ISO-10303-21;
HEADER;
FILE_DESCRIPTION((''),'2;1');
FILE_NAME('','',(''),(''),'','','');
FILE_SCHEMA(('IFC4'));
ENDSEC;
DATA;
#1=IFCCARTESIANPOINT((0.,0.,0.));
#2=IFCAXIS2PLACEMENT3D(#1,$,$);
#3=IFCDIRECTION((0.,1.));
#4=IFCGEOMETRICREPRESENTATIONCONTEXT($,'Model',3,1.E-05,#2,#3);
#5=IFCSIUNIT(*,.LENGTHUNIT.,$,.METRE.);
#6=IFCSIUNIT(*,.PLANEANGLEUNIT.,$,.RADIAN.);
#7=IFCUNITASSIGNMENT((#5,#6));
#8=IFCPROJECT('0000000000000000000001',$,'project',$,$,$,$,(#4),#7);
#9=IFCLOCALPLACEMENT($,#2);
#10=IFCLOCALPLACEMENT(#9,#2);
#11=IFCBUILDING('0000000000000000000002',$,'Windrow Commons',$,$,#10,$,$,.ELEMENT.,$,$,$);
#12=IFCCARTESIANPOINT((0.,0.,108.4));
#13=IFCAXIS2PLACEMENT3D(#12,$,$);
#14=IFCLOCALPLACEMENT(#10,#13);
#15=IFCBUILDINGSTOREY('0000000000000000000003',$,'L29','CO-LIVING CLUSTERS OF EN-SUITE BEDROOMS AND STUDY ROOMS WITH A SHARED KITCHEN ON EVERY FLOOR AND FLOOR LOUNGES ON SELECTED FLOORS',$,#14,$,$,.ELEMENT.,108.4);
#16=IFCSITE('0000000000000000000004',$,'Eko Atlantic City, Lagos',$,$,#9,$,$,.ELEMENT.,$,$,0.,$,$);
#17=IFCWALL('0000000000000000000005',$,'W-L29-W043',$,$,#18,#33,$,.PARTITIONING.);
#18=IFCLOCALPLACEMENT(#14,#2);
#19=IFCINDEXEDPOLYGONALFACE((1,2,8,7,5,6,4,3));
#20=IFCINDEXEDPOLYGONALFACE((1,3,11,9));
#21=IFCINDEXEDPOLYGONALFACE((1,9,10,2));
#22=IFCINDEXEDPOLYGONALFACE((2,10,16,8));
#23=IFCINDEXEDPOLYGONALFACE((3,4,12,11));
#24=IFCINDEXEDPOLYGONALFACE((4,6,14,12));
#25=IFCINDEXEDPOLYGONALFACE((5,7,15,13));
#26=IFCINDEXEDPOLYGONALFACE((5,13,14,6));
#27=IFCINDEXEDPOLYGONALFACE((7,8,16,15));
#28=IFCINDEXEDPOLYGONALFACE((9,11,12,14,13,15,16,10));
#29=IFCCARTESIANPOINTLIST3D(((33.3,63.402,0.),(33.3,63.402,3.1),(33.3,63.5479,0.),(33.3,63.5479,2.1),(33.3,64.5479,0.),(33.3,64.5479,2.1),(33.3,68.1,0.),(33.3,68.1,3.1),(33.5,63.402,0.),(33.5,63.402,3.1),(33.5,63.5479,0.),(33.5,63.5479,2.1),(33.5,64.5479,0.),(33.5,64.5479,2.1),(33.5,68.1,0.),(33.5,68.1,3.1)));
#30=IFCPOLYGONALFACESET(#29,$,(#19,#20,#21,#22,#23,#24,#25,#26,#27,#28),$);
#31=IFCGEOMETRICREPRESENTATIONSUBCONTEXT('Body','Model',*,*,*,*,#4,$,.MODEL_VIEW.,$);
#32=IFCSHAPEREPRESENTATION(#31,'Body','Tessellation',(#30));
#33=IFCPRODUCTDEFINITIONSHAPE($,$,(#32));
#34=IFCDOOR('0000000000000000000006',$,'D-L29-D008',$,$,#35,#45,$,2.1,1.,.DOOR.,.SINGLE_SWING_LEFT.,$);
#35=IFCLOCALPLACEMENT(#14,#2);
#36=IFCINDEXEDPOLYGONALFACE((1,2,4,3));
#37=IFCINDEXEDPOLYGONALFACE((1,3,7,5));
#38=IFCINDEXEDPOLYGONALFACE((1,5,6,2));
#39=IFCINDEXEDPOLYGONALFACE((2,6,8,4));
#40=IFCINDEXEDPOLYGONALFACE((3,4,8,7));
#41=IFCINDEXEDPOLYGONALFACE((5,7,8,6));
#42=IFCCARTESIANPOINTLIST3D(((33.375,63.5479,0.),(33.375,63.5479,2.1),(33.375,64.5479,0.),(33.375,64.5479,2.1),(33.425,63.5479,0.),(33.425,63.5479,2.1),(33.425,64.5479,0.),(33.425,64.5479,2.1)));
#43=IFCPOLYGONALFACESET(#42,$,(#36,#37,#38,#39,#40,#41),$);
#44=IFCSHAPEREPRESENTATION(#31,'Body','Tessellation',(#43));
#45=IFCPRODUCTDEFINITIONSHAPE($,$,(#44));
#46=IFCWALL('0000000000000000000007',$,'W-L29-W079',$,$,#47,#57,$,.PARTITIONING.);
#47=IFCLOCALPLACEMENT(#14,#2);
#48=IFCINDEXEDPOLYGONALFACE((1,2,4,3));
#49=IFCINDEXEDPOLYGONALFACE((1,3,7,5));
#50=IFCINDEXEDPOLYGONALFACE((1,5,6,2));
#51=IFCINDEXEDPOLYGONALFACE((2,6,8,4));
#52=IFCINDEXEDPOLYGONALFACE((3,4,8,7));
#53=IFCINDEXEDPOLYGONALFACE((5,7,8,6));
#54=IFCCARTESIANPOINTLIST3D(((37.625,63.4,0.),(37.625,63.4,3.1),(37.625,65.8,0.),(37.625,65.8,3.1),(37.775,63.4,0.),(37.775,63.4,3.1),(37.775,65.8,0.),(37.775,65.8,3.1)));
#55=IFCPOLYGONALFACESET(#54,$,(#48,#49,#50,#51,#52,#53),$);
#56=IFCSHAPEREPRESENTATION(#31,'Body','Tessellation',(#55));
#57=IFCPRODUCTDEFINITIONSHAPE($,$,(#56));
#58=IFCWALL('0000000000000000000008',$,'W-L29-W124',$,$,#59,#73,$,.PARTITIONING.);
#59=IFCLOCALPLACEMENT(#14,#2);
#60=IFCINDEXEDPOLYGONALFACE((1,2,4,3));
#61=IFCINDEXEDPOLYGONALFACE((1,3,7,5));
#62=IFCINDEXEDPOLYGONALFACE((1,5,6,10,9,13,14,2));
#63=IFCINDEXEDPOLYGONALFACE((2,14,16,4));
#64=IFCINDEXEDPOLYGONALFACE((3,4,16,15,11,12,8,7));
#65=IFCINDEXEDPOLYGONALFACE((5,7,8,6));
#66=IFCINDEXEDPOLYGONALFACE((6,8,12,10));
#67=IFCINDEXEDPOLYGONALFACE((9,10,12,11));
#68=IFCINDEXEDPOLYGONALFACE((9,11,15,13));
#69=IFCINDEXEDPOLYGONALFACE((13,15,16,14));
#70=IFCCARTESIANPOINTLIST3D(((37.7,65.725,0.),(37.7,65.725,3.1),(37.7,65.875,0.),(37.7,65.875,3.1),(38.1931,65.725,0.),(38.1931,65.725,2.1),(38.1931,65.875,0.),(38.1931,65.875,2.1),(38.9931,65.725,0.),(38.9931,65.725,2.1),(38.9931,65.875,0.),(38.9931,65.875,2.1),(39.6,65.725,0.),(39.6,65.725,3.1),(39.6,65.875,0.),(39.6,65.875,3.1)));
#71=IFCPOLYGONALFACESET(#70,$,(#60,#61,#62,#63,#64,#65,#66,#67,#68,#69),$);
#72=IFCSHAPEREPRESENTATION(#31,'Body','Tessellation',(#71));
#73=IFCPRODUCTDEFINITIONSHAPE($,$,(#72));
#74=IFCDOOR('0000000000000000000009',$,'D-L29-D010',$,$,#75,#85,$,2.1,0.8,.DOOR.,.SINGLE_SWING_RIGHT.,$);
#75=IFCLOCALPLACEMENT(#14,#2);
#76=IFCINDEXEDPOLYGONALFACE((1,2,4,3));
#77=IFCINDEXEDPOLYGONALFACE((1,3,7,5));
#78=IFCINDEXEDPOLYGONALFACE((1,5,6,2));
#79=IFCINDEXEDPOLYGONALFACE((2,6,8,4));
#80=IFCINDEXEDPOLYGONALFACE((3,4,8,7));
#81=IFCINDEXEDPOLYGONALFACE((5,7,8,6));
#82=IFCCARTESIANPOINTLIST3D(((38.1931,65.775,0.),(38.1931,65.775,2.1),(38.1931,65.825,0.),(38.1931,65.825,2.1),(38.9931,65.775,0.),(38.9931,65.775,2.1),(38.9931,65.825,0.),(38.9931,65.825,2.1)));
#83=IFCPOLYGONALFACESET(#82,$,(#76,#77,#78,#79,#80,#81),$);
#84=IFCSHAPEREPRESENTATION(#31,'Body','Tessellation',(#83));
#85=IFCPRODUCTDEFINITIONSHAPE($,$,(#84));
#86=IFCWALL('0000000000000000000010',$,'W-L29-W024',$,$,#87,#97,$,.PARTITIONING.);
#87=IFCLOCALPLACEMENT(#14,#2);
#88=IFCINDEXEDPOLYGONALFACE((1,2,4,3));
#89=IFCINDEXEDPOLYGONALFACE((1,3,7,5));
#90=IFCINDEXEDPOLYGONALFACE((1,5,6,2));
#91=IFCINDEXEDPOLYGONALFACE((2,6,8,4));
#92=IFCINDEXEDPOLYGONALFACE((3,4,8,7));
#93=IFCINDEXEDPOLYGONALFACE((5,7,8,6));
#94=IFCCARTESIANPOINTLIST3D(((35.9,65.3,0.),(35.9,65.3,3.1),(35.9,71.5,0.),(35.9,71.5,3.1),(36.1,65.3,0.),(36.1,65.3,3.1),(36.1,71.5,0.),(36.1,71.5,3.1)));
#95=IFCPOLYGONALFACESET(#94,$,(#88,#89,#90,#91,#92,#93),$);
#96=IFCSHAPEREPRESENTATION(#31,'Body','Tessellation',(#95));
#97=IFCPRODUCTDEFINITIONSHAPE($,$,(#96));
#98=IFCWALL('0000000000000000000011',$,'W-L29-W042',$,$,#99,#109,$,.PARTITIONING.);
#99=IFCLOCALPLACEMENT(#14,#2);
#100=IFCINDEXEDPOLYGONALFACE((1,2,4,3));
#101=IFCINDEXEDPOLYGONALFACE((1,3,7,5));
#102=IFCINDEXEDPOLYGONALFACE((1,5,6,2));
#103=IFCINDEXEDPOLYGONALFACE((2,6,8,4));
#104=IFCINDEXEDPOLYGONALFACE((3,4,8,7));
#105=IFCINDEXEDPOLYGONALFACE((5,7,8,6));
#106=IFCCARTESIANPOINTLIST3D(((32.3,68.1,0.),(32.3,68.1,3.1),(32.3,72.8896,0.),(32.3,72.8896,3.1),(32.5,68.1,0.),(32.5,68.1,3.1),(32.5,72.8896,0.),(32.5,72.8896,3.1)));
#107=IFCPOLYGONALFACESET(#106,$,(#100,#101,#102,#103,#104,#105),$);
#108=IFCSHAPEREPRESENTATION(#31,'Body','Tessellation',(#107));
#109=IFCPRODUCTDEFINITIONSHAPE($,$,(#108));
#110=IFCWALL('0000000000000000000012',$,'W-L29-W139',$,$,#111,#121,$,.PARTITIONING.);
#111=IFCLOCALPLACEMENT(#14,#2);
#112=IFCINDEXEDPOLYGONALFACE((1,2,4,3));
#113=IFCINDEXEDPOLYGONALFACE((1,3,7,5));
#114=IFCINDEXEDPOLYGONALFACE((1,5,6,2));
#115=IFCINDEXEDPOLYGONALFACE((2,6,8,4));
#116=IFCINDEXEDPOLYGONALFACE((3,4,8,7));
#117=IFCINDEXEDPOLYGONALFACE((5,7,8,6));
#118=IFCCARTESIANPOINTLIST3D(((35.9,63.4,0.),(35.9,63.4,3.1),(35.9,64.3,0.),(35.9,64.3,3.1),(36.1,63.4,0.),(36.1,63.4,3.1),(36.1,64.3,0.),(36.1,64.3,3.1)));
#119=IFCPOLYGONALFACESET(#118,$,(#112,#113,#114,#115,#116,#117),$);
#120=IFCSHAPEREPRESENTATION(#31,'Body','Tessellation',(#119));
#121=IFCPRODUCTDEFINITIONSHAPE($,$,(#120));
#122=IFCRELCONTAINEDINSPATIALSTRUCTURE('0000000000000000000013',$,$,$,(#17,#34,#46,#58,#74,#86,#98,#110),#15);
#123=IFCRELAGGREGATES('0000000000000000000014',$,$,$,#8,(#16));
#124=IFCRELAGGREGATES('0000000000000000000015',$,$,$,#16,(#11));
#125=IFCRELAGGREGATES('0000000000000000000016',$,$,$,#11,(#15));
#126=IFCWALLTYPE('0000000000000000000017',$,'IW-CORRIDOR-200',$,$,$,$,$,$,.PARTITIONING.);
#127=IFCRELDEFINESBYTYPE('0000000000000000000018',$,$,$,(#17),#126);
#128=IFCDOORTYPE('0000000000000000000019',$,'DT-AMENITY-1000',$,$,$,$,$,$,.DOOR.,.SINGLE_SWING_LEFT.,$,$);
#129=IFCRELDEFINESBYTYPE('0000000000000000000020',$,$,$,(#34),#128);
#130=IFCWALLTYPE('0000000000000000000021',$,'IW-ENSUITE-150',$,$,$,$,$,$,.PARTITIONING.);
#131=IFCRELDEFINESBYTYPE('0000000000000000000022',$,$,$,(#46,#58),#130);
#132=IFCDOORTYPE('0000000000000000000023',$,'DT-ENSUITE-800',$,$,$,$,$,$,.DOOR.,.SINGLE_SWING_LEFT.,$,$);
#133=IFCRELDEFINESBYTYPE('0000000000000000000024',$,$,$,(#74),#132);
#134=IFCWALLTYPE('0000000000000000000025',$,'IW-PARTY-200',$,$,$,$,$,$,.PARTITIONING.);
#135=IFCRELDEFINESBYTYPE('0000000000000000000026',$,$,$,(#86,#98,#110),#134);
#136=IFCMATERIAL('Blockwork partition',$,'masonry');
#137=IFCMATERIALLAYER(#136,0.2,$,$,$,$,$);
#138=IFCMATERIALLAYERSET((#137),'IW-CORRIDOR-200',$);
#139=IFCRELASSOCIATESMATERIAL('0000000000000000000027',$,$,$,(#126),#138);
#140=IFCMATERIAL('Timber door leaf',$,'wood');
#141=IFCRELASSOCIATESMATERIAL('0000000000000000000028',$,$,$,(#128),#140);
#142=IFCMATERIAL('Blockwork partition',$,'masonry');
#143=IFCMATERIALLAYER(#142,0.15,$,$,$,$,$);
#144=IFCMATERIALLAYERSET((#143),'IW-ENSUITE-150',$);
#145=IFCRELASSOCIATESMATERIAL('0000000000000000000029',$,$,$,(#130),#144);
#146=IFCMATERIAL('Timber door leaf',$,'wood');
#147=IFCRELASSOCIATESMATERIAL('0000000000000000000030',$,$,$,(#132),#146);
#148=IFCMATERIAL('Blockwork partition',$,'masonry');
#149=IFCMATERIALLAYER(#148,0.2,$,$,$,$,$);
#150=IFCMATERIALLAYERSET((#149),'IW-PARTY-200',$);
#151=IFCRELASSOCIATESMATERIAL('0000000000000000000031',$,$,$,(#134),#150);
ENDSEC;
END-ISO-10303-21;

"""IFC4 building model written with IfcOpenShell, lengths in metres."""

from ifc_helpers import new_model, si_unit, direction, frame, frame_2d, origin, place, context, subcontext, project, spatial, rectangle, extrude, material, layer, layer_set, type_object, element, fill, save


model = new_model("IFC4")

# Units and contexts
model_context = context("Model", 3, precision=1e-05, world=origin(), true_north=direction((0.0, 1.0)))
body_context = subcontext(model_context, "Body", "Model", "MODEL_VIEW")
ifc_project = project(units=[si_unit("LENGTHUNIT", "METRE"), si_unit("PLANEANGLEUNIT", "RADIAN")], contexts=[model_context])

# Site, building, storey
site_placement = place(None, origin())
site = spatial("IfcSite", under=ifc_project, at=site_placement, Name="Eko Atlantic City, Lagos", CompositionType="ELEMENT", RefElevation=0.0)
building_placement = place(site_placement, origin())
building = spatial("IfcBuilding", under=site, at=building_placement, Name="Windrow Commons", CompositionType="ELEMENT")
storey_placement = place(building_placement, frame((0.0, 0.0, 108.4)))
storey = spatial("IfcBuildingStorey", under=building, at=storey_placement, Name="L29", Description="CO-LIVING CLUSTERS OF EN-SUITE BEDROOMS AND STUDY ROOMS WITH A SHARED KITCHEN ON EVERY FLOOR AND FLOOR LOUNGES ON SELECTED FLOORS", CompositionType="ELEMENT", Elevation=108.4)

# Shared definitions
ifc_material_1 = material(Name="Blockwork partition", Category="masonry")
ifc_layer_1 = layer(ifc_material_1, 0.2)
ifc_layer_set_1 = layer_set([ifc_layer_1], Name="IW-CORRIDOR-200")
wall_type_1 = type_object("IfcWallType", Name="IW-CORRIDOR-200", PredefinedType="PARTITIONING", material=ifc_layer_set_1)
ifc_material_2 = material(Name="Timber door leaf", Category="wood")
door_type_1 = type_object("IfcDoorType", Name="DT-AMENITY-1000", OperationType="SINGLE_SWING_LEFT", PredefinedType="DOOR", material=ifc_material_2)

# Wall, opening, door
wall_1_placement = place(storey_placement, frame((33.4, 63.402, 0.0), z_axis=(0.0, 0.0, 1.0), x_axis=(0.0, 1.0, 0.0)))
wall_1 = element("IfcWall", 1, at=wall_1_placement, inside=storey, type_object=wall_type_1, Name="W-L29-W043", PredefinedType="PARTITIONING", context=body_context, shape_type="SweptSolid", body=[
    extrude(rectangle(XDim=4.698, YDim=0.2, at=frame_2d((2.349, 0.0))), origin(), (0.0, 0.0, 1.0), 3.1),
])
opening_1_placement = place(wall_1_placement, frame((0.1459, 0.0, 0.0)))
opening_1 = element("IfcOpeningElement", 2, at=opening_1_placement, cuts=wall_1, PredefinedType="OPENING", context=body_context, shape_type="SweptSolid", body=[
    extrude(rectangle(XDim=1.0, YDim=2.1, at=frame_2d((0.5, 1.05))), frame((0.0, 0.11, 0.0), z_axis=(0.0, -1.0, 0.0), x_axis=(1.0, 0.0, 0.0)), (0.0, 0.0, 1.0), 0.22),
])
door_1_placement = place(opening_1_placement, origin())
door_1 = element("IfcDoor", 3, at=door_1_placement, inside=storey, type_object=door_type_1, Name="D-L29-D008", OperationType="SINGLE_SWING_LEFT", OverallHeight=2.1, OverallWidth=1.0, PredefinedType="DOOR", context=body_context, shape_type="SweptSolid", body=[
    extrude(rectangle(XDim=1.0, YDim=2.1, at=frame_2d((0.5, 1.05))), frame((0.0, 0.025, 0.0), z_axis=(0.0, -1.0, 0.0), x_axis=(1.0, 0.0, 0.0)), (0.0, 0.0, 1.0), 0.05),
])
fill(opening_1, door_1)

# Wall
ifc_material_3 = material(Name="Blockwork partition", Category="masonry")
ifc_layer_2 = layer(ifc_material_3, 0.15)
ifc_layer_set_2 = layer_set([ifc_layer_2], Name="IW-ENSUITE-150")
wall_type_2 = type_object("IfcWallType", Name="IW-ENSUITE-150", PredefinedType="PARTITIONING", material=ifc_layer_set_2)
wall_2_placement = place(storey_placement, frame((37.7, 63.4, 0.0), z_axis=(0.0, 0.0, 1.0), x_axis=(0.0, 1.0, 0.0)))
element("IfcWall", 4, at=wall_2_placement, inside=storey, type_object=wall_type_2, Name="W-L29-W079", PredefinedType="PARTITIONING", context=body_context, shape_type="SweptSolid", body=[
    extrude(rectangle(XDim=2.4, YDim=0.15, at=frame_2d((1.2, 0.0))), origin(), (0.0, 0.0, 1.0), 3.1),
])

# Wall, opening, door
wall_3_placement = place(storey_placement, frame((37.7, 65.8, 0.0), z_axis=(0.0, 0.0, 1.0), x_axis=(1.0, 0.0, 0.0)))
wall_3 = element("IfcWall", 5, at=wall_3_placement, inside=storey, type_object=wall_type_2, Name="W-L29-W124", PredefinedType="PARTITIONING", context=body_context, shape_type="SweptSolid", body=[
    extrude(rectangle(XDim=1.9, YDim=0.15, at=frame_2d((0.95, 0.0))), origin(), (0.0, 0.0, 1.0), 3.1),
])
opening_2_placement = place(wall_3_placement, frame((0.4931, 0.0, 0.0)))
opening_2 = element("IfcOpeningElement", 6, at=opening_2_placement, cuts=wall_3, PredefinedType="OPENING", context=body_context, shape_type="SweptSolid", body=[
    extrude(rectangle(XDim=0.8, YDim=2.1, at=frame_2d((0.4, 1.05))), frame((0.0, 0.085, 0.0), z_axis=(0.0, -1.0, 0.0), x_axis=(1.0, 0.0, 0.0)), (0.0, 0.0, 1.0), 0.17),
])
ifc_material_4 = material(Name="Timber door leaf", Category="wood")
door_type_2 = type_object("IfcDoorType", Name="DT-ENSUITE-800", OperationType="SINGLE_SWING_LEFT", PredefinedType="DOOR", material=ifc_material_4)
door_2_placement = place(opening_2_placement, origin())
door_2 = element("IfcDoor", 7, at=door_2_placement, inside=storey, type_object=door_type_2, Name="D-L29-D010", OperationType="SINGLE_SWING_RIGHT", OverallHeight=2.1, OverallWidth=0.8, PredefinedType="DOOR", context=body_context, shape_type="SweptSolid", body=[
    extrude(rectangle(XDim=0.8, YDim=2.1, at=frame_2d((0.4, 1.05))), frame((0.0, 0.025, 0.0), z_axis=(0.0, -1.0, 0.0), x_axis=(1.0, 0.0, 0.0)), (0.0, 0.0, 1.0), 0.05),
])
fill(opening_2, door_2)

# Walls
ifc_material_5 = material(Name="Blockwork partition", Category="masonry")
ifc_layer_3 = layer(ifc_material_5, 0.2)
ifc_layer_set_3 = layer_set([ifc_layer_3], Name="IW-PARTY-200")
wall_type_3 = type_object("IfcWallType", Name="IW-PARTY-200", PredefinedType="PARTITIONING", material=ifc_layer_set_3)
wall_4_placement = place(storey_placement, frame((36.0, 65.3, 0.0), z_axis=(0.0, 0.0, 1.0), x_axis=(0.0, 1.0, 0.0)))
element("IfcWall", 8, at=wall_4_placement, inside=storey, type_object=wall_type_3, Name="W-L29-W024", PredefinedType="PARTITIONING", context=body_context, shape_type="SweptSolid", body=[
    extrude(rectangle(XDim=6.2, YDim=0.2, at=frame_2d((3.1, 0.0))), origin(), (0.0, 0.0, 1.0), 3.1),
])
wall_5_placement = place(storey_placement, frame((32.4, 68.1, 0.0), z_axis=(0.0, 0.0, 1.0), x_axis=(0.0, 1.0, 0.0)))
element("IfcWall", 9, at=wall_5_placement, inside=storey, type_object=wall_type_3, Name="W-L29-W042", PredefinedType="PARTITIONING", context=body_context, shape_type="SweptSolid", body=[
    extrude(rectangle(XDim=4.7895, YDim=0.2, at=frame_2d((2.3948, 0.0))), origin(), (0.0, 0.0, 1.0), 3.1),
])
wall_6_placement = place(storey_placement, frame((36.0, 63.4, 0.0), z_axis=(0.0, 0.0, 1.0), x_axis=(0.0, 1.0, 0.0)))
element("IfcWall", 10, at=wall_6_placement, inside=storey, type_object=wall_type_3, Name="W-L29-W139", PredefinedType="PARTITIONING", context=body_context, shape_type="SweptSolid", body=[
    extrude(rectangle(XDim=0.9, YDim=0.2, at=frame_2d((0.45, 0.0))), origin(), (0.0, 0.0, 1.0), 3.1),
])

save(model, "model.ifc")
